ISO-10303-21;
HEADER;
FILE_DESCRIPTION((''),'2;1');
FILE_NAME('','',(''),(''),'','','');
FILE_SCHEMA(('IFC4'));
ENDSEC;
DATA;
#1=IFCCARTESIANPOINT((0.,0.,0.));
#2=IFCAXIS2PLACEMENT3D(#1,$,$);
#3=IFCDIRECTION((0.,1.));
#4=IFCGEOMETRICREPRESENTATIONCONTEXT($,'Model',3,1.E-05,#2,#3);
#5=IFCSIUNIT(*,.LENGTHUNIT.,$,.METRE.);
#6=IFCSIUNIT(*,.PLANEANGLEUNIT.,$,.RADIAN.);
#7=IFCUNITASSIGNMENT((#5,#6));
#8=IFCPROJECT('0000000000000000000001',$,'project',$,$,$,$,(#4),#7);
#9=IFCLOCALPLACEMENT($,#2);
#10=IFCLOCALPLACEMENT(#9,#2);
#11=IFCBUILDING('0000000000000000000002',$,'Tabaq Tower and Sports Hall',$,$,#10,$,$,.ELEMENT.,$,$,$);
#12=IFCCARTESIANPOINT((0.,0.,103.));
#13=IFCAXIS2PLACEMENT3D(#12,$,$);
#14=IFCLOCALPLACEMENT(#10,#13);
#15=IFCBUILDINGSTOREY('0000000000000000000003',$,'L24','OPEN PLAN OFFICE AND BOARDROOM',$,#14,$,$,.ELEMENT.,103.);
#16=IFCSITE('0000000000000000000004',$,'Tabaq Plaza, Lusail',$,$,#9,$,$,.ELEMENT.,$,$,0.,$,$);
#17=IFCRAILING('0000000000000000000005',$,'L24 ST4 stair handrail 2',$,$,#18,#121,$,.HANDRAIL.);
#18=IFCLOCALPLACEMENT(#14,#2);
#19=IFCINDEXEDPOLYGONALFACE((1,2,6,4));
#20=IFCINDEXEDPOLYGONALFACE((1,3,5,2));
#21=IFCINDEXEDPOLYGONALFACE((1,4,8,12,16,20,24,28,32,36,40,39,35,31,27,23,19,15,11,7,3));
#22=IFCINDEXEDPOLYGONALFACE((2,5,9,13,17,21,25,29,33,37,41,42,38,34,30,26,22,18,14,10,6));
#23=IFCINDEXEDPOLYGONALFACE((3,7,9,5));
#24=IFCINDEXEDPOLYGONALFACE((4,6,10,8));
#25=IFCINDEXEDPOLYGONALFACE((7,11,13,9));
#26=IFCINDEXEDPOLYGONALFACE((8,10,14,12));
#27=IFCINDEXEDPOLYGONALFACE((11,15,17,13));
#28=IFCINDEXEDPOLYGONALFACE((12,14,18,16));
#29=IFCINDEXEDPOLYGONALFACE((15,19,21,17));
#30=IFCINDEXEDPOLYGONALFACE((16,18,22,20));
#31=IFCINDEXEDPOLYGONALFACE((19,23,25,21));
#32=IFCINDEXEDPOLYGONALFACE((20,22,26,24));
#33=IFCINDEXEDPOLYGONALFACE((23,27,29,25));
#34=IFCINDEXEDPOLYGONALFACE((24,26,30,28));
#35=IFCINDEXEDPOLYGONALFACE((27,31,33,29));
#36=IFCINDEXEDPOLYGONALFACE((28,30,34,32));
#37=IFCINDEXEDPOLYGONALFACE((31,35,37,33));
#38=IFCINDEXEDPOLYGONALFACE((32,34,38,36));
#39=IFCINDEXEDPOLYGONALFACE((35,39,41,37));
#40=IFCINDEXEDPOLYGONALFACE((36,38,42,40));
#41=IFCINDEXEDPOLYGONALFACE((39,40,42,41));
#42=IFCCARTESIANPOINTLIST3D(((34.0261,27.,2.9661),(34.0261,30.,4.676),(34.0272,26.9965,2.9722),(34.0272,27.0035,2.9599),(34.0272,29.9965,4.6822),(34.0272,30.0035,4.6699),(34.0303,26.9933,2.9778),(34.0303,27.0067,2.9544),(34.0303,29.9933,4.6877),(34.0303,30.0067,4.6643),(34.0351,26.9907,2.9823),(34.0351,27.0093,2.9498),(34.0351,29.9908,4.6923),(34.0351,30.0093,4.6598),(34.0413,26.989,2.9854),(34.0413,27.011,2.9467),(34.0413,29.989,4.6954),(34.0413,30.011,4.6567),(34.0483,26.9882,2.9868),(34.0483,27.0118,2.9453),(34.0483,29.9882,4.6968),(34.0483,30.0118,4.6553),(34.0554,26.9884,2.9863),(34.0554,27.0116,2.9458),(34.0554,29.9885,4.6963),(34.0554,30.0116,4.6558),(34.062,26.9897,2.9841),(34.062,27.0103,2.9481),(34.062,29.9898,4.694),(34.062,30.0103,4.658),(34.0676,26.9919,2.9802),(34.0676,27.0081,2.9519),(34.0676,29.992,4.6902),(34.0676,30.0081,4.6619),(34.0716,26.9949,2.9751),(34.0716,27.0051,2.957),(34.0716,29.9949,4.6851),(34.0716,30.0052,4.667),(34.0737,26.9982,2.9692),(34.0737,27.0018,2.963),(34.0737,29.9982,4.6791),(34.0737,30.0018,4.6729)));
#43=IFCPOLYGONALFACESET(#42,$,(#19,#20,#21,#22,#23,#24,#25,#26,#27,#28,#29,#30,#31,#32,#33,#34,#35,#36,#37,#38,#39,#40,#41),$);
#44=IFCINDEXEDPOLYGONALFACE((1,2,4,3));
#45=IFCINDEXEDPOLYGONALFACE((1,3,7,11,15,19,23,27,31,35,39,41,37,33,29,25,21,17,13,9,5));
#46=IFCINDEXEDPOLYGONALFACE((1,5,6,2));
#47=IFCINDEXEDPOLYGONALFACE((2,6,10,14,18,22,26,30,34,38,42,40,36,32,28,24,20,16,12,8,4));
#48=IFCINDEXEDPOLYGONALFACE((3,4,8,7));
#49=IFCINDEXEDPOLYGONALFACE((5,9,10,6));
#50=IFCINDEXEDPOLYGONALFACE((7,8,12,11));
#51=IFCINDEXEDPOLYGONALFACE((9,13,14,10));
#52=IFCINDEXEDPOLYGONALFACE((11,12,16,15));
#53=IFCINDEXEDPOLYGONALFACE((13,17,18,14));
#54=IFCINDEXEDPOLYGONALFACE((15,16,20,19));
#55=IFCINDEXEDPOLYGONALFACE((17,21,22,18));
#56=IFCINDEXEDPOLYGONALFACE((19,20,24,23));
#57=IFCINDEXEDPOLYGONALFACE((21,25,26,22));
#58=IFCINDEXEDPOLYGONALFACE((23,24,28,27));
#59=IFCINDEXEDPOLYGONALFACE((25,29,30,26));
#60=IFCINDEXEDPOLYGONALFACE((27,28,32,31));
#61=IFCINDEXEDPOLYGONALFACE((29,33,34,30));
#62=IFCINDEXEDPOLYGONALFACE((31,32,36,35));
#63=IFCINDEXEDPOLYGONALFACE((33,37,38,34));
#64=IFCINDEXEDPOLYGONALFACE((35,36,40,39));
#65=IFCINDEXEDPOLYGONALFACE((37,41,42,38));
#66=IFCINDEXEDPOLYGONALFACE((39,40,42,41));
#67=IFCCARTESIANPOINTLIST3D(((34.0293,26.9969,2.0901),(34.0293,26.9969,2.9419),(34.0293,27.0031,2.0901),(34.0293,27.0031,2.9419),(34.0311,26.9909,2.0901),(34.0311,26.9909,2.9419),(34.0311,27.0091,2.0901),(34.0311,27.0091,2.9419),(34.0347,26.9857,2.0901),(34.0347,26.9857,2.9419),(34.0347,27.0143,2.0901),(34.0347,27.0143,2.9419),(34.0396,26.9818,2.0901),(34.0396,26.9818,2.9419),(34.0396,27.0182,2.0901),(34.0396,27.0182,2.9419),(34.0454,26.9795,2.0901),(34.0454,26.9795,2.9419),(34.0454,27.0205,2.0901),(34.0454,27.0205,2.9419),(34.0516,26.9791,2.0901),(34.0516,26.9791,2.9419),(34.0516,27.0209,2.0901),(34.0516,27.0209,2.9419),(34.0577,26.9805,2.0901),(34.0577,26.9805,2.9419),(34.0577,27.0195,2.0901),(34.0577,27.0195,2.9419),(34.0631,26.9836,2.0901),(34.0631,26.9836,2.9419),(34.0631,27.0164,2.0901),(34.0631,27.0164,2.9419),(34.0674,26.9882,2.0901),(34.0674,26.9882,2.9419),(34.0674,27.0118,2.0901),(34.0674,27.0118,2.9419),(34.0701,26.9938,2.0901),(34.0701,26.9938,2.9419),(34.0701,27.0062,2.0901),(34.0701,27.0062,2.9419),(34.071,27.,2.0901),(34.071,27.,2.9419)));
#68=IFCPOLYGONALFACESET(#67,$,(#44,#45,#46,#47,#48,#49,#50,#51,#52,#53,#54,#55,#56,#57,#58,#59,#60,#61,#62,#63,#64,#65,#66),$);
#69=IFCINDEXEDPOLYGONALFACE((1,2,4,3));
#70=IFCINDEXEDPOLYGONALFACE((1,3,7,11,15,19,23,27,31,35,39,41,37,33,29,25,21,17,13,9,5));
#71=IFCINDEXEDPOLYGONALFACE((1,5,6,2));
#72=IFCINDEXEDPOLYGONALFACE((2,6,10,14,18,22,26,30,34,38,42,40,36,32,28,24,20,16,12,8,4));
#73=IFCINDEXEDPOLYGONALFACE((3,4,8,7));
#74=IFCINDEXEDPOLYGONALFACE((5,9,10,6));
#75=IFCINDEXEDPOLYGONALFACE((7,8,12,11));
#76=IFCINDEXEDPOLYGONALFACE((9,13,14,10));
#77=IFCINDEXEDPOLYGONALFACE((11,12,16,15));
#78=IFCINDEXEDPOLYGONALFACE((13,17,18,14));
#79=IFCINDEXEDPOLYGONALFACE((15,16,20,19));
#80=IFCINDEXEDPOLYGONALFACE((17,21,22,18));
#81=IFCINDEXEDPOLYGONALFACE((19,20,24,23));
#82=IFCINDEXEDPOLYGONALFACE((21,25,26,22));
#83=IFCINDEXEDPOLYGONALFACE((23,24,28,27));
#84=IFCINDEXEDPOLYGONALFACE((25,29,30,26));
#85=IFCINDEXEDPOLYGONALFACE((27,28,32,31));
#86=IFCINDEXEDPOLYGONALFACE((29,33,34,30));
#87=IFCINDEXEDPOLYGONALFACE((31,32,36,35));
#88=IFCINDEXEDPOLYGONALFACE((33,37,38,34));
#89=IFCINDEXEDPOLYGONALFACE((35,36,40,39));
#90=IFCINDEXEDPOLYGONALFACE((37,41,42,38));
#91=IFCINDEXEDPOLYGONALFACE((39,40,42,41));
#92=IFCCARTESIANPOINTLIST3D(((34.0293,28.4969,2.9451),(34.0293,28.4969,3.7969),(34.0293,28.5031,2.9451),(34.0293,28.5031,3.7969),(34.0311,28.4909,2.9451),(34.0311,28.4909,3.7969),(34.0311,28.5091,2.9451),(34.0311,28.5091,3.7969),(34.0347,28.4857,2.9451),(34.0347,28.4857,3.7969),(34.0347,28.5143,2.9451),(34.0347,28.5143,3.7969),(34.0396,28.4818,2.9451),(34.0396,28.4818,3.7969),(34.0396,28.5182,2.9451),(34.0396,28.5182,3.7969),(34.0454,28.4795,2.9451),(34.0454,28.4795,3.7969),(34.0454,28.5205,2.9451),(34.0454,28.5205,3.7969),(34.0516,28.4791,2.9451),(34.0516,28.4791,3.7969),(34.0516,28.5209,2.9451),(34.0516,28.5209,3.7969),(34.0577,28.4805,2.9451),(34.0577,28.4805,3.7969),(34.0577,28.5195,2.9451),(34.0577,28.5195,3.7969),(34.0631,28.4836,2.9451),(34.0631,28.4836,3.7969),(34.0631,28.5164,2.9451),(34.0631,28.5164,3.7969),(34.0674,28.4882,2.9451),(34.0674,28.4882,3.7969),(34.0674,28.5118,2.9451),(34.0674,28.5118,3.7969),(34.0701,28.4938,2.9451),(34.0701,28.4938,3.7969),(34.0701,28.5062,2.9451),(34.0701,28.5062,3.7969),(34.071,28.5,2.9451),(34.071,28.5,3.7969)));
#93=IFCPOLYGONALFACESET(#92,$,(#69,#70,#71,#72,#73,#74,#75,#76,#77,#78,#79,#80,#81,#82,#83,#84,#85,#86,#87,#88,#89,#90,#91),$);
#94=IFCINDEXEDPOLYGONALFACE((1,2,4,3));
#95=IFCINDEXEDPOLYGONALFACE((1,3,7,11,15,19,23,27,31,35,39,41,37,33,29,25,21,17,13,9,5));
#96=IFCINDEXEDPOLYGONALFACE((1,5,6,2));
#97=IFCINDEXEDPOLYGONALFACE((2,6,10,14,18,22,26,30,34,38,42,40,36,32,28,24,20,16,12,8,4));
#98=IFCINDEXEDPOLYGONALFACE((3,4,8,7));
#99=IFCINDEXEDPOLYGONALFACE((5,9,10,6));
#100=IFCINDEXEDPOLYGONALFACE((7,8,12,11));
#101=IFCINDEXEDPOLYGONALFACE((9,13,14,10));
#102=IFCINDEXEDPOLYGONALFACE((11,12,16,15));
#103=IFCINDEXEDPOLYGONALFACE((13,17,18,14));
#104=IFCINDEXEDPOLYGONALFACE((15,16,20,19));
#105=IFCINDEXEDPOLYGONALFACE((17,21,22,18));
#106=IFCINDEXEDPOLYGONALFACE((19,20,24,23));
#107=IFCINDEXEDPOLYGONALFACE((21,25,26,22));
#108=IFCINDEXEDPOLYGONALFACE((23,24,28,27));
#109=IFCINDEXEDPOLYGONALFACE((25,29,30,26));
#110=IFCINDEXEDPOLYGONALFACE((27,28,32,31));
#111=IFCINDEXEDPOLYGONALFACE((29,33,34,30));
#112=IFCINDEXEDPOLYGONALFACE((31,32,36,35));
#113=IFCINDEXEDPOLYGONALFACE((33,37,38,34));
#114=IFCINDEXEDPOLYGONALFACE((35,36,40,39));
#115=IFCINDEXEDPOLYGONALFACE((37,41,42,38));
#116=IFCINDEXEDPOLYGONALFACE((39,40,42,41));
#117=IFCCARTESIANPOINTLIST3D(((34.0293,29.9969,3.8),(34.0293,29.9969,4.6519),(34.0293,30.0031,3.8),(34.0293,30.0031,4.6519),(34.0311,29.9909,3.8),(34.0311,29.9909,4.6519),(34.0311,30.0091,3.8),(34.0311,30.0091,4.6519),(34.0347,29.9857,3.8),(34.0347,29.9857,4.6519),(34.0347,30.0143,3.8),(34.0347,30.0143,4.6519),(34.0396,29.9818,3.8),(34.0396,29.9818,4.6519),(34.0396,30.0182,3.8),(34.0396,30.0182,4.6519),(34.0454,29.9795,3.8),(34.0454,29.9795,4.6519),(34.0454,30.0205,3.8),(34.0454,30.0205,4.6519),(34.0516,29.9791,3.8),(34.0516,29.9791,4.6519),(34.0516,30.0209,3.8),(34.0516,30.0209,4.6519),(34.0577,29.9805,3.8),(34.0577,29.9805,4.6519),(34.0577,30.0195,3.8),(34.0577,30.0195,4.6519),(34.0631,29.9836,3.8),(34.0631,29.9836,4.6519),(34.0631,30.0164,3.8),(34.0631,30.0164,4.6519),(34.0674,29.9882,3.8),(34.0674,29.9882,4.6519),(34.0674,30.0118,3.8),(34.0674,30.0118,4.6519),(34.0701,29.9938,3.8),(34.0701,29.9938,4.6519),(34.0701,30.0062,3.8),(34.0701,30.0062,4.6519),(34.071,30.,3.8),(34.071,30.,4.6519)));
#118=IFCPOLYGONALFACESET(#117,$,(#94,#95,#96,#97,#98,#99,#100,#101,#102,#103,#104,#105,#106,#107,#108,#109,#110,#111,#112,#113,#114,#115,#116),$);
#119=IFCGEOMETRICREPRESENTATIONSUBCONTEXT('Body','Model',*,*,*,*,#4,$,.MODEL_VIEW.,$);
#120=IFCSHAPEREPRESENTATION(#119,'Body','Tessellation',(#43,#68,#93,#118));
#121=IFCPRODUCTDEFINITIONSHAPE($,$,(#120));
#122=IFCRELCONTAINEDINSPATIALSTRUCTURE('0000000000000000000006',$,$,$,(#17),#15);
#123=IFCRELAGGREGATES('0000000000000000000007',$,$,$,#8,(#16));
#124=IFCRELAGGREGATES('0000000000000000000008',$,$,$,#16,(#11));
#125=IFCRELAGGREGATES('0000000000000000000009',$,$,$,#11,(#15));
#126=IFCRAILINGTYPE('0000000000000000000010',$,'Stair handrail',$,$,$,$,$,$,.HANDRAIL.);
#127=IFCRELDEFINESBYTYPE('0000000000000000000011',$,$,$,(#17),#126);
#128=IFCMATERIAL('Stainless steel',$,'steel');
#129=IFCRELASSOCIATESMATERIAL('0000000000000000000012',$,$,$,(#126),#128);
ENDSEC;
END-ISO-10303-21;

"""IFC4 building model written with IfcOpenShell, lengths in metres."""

from ifc_helpers import new_model, si_unit, direction, frame, origin, origin_2d, place, context, subcontext, project, spatial, circle, extrude, material, type_object, element, save


model = new_model("IFC4")

# Units and contexts
model_context = context("Model", 3, precision=1e-05, world=origin(), true_north=direction((0.0, 1.0)))
body_context = subcontext(model_context, "Body", "Model", "MODEL_VIEW")
ifc_project = project(units=[si_unit("LENGTHUNIT", "METRE"), si_unit("PLANEANGLEUNIT", "RADIAN")], contexts=[model_context])

# Site, building, storey
site_placement = place(None, origin())
site = spatial("IfcSite", under=ifc_project, at=site_placement, Name="Tabaq Plaza, Lusail", CompositionType="ELEMENT", RefElevation=0.0)
building_placement = place(site_placement, origin())
building = spatial("IfcBuilding", under=site, at=building_placement, Name="Tabaq Tower and Sports Hall", CompositionType="ELEMENT")
storey_placement = place(building_placement, frame((0.0, 0.0, 103.0)))
storey = spatial("IfcBuildingStorey", under=building, at=storey_placement, Name="L24", Description="OPEN PLAN OFFICE AND BOARDROOM", CompositionType="ELEMENT", Elevation=103.0)

# Railing
ifc_material_1 = material(Name="Stainless steel", Category="steel")
railing_type_1 = type_object("IfcRailingType", Name="Stair handrail", PredefinedType="HANDRAIL", material=ifc_material_1)
railing_1_placement = place(storey_placement, frame((34.05, 27.0, 2.0901)))
element("IfcRailing", 1, at=railing_1_placement, inside=storey, type_object=railing_type_1, Name="L24 ST4 stair handrail 2", PredefinedType="HANDRAIL", context=body_context, shape_type="SweptSolid", body=[
    extrude(circle(Radius=0.0239, at=origin_2d()), frame((0.0, 0.0, 0.876), z_axis=(0.0, 0.868782, 0.495195), x_axis=(-1.0, 0.0, 0.0)), (0.0, 0.0, 1.0), 3.4531),
    extrude(circle(Radius=0.021, at=origin_2d()), origin(), (0.0, 0.0, 1.0), 0.8518),
    extrude(circle(Radius=0.021, at=origin_2d()), frame((0.0, 1.5, 0.855)), (0.0, 0.0, 1.0), 0.8518),
    extrude(circle(Radius=0.021, at=origin_2d()), frame((0.0, 3.0, 1.71)), (0.0, 0.0, 1.0), 0.8518),
])

save(model, "model.ifc")
